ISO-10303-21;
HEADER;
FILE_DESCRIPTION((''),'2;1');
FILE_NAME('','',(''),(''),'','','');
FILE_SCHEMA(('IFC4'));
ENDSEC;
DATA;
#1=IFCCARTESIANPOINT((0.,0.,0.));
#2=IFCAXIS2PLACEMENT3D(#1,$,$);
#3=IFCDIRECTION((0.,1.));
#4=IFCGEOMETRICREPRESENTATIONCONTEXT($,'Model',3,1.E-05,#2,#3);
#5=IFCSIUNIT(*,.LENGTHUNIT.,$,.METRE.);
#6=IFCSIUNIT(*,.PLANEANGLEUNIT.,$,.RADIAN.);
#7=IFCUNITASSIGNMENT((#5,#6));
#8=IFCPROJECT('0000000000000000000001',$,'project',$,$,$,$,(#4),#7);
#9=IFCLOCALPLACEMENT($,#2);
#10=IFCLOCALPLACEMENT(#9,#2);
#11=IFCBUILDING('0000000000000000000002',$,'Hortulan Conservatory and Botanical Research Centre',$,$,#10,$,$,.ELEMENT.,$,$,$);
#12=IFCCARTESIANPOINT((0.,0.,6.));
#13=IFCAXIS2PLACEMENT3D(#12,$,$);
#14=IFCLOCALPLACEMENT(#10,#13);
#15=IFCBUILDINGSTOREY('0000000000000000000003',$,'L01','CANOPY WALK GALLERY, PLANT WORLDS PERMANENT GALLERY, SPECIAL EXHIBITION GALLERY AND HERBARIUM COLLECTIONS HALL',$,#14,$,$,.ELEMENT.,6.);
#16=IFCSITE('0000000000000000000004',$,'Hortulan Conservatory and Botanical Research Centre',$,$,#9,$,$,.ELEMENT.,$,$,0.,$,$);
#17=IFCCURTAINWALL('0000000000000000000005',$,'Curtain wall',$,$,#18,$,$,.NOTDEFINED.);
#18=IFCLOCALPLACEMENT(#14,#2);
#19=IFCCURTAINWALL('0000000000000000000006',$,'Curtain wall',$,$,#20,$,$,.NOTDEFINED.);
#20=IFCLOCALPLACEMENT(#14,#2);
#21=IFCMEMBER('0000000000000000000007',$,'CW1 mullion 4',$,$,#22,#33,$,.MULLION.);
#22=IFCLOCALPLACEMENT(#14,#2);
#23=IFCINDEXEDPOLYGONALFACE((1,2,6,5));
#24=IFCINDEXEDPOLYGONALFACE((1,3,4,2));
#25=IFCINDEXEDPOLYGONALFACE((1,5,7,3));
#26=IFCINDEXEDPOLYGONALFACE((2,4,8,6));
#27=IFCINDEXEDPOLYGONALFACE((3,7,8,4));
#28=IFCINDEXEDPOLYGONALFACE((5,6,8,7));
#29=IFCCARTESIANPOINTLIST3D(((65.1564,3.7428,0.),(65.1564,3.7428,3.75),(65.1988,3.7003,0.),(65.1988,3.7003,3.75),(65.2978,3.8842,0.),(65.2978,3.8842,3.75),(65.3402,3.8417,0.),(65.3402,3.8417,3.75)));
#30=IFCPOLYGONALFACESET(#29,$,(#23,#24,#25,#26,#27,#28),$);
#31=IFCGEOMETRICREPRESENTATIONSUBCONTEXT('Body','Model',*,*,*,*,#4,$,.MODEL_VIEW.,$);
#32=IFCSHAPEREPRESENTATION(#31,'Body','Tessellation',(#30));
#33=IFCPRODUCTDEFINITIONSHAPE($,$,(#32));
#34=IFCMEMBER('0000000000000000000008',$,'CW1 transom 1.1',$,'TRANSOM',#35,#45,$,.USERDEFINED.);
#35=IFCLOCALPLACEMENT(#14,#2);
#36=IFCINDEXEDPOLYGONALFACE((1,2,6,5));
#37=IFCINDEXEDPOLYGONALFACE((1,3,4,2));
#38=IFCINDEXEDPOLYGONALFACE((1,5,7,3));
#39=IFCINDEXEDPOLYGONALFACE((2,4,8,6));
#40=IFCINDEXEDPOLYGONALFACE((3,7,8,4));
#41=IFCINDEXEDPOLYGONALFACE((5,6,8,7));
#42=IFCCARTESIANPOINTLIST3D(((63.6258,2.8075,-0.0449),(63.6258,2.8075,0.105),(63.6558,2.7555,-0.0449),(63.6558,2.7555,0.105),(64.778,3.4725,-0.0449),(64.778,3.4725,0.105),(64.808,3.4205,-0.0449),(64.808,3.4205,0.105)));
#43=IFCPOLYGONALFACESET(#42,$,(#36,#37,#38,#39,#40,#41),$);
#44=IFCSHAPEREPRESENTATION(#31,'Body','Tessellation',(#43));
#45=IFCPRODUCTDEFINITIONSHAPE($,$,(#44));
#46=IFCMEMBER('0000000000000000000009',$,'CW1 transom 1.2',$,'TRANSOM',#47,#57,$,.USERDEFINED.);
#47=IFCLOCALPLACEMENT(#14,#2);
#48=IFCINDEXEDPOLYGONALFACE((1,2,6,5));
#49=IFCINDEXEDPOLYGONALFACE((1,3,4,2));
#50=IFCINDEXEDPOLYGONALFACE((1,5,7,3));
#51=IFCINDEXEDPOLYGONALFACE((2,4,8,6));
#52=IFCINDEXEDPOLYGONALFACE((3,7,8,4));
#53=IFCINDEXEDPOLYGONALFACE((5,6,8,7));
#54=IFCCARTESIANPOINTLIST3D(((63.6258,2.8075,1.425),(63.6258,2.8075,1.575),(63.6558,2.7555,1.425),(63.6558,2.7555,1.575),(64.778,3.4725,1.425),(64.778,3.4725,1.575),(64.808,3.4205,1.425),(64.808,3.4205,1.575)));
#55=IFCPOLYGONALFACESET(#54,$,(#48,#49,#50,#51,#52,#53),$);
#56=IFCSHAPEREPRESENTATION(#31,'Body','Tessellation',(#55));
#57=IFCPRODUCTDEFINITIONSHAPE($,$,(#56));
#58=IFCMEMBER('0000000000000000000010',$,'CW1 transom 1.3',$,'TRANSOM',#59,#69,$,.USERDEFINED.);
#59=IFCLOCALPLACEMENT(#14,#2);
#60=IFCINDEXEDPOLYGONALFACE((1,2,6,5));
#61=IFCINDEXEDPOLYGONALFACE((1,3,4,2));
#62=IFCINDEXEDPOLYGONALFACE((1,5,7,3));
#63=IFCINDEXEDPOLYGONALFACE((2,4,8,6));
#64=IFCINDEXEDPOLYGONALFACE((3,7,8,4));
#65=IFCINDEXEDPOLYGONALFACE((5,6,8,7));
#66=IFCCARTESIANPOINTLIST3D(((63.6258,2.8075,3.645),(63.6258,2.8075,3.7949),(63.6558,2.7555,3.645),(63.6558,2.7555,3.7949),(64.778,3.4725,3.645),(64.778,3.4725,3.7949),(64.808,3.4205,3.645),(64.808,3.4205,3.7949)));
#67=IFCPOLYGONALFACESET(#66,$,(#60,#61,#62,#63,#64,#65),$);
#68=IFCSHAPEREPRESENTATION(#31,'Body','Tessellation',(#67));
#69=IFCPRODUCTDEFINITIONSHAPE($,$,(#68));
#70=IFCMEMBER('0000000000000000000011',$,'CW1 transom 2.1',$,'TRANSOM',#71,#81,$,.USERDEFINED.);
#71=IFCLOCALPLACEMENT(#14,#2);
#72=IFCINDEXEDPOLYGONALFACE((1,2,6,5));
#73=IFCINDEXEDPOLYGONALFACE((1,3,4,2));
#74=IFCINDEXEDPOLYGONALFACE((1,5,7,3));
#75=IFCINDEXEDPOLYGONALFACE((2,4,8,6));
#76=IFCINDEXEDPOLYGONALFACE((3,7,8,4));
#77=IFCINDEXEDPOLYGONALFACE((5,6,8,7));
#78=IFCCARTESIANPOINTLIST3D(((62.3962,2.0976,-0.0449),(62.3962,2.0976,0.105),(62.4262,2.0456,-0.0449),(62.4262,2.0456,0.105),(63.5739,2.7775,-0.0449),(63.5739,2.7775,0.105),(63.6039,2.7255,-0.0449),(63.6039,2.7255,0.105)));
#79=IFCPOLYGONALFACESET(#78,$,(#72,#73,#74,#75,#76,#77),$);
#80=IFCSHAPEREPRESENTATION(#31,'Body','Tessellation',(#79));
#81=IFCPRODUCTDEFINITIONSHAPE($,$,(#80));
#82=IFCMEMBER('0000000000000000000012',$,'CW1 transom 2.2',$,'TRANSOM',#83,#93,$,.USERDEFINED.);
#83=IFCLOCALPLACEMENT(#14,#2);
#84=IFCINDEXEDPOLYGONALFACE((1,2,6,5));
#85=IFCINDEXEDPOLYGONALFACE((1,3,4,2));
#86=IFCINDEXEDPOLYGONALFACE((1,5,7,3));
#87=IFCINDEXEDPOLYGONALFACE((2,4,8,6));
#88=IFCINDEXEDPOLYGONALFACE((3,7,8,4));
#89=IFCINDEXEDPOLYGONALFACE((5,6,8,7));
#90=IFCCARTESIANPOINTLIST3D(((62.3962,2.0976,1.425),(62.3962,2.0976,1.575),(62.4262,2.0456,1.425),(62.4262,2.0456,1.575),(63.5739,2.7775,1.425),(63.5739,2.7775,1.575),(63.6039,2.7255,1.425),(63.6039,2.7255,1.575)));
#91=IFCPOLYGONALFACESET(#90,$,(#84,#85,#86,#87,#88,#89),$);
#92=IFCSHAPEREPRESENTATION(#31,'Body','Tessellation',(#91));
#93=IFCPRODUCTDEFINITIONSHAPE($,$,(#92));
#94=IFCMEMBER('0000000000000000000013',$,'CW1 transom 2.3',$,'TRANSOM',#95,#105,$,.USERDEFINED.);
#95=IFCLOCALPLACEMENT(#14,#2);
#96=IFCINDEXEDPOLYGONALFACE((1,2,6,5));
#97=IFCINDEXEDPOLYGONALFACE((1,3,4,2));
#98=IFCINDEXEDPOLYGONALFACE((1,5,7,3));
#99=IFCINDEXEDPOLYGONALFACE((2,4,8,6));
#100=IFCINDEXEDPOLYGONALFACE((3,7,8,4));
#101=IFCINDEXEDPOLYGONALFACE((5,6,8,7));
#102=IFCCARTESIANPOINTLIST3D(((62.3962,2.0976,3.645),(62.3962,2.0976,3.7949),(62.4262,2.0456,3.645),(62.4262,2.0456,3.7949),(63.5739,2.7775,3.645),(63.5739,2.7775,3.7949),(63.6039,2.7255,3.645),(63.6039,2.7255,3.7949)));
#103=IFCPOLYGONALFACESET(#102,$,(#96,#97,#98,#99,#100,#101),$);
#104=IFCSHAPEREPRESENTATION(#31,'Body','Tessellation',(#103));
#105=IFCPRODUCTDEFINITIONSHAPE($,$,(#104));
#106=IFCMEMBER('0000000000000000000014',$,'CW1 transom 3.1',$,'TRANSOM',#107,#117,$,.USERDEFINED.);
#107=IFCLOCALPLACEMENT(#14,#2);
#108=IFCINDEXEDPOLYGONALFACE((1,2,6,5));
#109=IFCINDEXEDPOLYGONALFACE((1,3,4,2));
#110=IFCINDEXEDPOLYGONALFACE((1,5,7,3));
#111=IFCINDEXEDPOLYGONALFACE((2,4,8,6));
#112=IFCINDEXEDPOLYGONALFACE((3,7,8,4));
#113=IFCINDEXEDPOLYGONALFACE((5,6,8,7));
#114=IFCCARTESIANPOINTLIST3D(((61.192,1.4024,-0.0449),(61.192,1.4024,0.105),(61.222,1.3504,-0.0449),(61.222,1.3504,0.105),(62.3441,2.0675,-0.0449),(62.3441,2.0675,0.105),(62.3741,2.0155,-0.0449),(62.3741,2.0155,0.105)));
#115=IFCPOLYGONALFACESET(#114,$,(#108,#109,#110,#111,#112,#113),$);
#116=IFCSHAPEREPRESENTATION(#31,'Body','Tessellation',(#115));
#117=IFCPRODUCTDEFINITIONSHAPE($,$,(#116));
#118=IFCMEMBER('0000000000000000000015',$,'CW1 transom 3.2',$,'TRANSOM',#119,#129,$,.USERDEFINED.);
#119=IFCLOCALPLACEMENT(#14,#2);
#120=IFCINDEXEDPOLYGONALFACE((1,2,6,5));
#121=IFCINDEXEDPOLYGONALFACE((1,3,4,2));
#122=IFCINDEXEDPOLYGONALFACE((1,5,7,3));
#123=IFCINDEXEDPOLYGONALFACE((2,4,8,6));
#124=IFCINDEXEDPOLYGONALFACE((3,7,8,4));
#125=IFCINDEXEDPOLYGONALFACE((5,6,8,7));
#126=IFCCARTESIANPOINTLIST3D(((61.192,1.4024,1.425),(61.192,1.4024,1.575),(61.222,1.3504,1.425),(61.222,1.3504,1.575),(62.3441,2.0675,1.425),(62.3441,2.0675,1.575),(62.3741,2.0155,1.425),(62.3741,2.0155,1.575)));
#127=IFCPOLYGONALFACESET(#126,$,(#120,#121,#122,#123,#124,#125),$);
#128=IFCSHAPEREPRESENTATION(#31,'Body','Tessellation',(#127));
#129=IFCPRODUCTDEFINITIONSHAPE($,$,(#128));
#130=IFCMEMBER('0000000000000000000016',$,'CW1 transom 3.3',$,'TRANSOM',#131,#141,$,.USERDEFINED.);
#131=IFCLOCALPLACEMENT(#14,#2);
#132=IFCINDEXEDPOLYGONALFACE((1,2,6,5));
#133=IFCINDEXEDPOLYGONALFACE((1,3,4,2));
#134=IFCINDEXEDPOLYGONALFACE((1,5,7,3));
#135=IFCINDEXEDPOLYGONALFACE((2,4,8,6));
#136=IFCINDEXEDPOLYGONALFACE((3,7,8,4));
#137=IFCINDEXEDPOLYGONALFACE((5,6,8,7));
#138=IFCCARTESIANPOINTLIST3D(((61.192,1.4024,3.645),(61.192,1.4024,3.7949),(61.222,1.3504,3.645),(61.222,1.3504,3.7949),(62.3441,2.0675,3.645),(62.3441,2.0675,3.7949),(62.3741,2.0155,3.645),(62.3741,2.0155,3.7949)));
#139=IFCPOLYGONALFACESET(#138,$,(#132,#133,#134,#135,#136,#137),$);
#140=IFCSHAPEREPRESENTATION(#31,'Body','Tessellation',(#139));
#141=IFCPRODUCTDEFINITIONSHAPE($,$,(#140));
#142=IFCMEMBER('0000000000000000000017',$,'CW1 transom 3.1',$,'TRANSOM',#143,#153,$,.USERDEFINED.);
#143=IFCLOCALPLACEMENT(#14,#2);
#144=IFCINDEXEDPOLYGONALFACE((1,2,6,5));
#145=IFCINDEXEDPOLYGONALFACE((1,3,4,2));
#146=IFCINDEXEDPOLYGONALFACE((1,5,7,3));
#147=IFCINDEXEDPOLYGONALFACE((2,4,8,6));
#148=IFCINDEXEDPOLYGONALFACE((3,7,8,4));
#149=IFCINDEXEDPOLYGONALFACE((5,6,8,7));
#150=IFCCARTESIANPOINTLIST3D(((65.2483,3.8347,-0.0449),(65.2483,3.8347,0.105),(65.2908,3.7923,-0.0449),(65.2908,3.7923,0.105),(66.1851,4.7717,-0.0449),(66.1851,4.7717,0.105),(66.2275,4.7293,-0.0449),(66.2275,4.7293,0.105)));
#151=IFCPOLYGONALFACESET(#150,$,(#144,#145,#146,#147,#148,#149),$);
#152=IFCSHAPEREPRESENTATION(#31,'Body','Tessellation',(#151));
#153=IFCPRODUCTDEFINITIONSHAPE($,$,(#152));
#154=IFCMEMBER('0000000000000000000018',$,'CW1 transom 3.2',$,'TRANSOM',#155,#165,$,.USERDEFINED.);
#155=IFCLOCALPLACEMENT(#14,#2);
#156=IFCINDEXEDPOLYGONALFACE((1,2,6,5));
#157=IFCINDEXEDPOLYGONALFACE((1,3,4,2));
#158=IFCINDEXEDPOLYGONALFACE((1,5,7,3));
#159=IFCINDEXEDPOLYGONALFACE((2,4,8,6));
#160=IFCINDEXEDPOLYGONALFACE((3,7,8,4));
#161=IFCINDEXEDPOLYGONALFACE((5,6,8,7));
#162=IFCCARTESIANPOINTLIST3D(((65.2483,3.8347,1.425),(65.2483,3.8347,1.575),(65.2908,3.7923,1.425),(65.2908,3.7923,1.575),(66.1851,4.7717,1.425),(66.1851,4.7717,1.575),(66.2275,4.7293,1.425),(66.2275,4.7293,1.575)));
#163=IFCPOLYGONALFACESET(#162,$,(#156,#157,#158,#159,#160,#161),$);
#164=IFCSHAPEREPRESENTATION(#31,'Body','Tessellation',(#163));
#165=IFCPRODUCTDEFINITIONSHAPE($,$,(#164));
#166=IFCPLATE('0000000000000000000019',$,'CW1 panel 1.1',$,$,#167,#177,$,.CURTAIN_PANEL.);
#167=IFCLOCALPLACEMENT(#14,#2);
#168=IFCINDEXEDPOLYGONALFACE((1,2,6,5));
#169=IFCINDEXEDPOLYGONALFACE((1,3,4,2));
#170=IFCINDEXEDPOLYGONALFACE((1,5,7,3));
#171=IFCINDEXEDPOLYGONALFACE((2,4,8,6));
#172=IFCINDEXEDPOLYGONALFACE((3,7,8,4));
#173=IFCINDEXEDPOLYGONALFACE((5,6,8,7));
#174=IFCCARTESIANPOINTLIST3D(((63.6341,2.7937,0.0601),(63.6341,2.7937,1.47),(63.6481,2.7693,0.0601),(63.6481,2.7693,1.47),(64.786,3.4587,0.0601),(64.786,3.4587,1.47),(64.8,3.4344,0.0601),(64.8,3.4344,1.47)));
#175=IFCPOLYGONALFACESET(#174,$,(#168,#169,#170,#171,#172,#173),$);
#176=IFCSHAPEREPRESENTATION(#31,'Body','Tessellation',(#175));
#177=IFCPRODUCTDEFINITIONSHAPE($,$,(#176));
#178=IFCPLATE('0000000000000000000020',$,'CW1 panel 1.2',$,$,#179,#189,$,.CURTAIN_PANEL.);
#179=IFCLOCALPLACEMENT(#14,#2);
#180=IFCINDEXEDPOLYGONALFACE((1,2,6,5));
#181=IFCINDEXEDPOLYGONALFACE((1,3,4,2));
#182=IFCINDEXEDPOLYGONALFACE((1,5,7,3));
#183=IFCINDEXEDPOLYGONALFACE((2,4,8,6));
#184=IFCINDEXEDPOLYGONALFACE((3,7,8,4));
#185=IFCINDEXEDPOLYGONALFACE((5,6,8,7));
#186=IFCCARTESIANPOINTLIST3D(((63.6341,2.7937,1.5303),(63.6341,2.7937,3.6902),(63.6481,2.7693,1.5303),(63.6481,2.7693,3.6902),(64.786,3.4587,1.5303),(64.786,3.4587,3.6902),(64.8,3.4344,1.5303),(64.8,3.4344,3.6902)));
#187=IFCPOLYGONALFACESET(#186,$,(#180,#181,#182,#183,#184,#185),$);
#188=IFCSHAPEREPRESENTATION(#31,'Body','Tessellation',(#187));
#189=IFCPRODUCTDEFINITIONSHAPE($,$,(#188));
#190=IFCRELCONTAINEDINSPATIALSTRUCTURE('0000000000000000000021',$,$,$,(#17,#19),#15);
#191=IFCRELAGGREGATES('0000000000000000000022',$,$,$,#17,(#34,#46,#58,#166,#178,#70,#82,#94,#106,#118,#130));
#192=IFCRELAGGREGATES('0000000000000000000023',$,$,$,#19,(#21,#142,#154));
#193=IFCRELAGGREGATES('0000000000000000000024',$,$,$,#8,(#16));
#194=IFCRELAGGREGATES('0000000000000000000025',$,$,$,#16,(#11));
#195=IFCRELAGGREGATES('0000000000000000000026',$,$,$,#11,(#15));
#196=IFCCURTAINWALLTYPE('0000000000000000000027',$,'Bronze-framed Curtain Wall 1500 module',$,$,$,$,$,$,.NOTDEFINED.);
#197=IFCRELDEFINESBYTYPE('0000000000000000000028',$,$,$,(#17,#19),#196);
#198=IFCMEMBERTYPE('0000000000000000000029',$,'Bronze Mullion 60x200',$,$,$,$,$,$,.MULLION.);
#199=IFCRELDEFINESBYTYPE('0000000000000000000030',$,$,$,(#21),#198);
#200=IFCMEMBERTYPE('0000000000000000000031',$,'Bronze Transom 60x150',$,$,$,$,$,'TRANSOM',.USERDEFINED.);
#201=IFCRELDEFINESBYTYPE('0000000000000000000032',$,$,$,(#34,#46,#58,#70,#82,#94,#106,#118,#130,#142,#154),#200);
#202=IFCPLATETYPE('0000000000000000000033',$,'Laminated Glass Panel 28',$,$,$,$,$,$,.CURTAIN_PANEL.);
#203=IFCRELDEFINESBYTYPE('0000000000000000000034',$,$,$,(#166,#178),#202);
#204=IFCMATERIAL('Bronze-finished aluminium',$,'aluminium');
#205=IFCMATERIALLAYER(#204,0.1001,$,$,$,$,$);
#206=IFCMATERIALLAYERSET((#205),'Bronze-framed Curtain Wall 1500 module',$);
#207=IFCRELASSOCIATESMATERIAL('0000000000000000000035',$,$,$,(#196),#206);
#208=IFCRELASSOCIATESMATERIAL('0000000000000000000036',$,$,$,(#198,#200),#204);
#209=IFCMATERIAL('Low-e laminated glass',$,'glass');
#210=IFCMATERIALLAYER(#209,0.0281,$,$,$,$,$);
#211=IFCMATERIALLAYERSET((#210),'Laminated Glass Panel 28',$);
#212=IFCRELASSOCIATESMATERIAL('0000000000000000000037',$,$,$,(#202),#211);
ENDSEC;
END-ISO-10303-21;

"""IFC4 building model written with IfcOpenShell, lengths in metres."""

from ifc_helpers import new_model, si_unit, direction, frame, origin, origin_2d, place, context, subcontext, project, spatial, rectangle, extrude, material, layer, layer_set, material_profile, profile_set, type_object, element, aggregate, save


model = new_model("IFC4")

# Units and contexts
model_context = context("Model", 3, precision=1e-05, world=origin(), true_north=direction((0.0, 1.0)))
body_context = subcontext(model_context, "Body", "Model", "MODEL_VIEW")
ifc_project = project(units=[si_unit("LENGTHUNIT", "METRE"), si_unit("PLANEANGLEUNIT", "RADIAN")], contexts=[model_context])

# Site, building, storey
site_placement = place(None, origin())
site = spatial("IfcSite", under=ifc_project, at=site_placement, Name="Hortulan Conservatory and Botanical Research Centre", CompositionType="ELEMENT", RefElevation=0.0)
building_placement = place(site_placement, origin())
building = spatial("IfcBuilding", under=site, at=building_placement, Name="Hortulan Conservatory and Botanical Research Centre", CompositionType="ELEMENT")
storey_placement = place(building_placement, frame((0.0, 0.0, 6.0)))
storey = spatial("IfcBuildingStorey", under=building, at=storey_placement, Name="L01", Description="CANOPY WALK GALLERY, PLANT WORLDS PERMANENT GALLERY, SPECIAL EXHIBITION GALLERY AND HERBARIUM COLLECTIONS HALL", CompositionType="ELEMENT", Elevation=6.0)

# Curtain wall
ifc_material_1 = material(Name="Bronze-finished aluminium", Category="aluminium")
ifc_layer_1 = layer(ifc_material_1, 0.1001)
ifc_layer_set_1 = layer_set([ifc_layer_1], Name="Bronze-framed Curtain Wall 1500 module")
curtain_wall_type = type_object("IfcCurtainWallType", Name="Bronze-framed Curtain Wall 1500 module", PredefinedType="NOTDEFINED", material=ifc_layer_set_1)
curtain_wall_1_placement = place(storey_placement, origin())
curtain_wall_1 = element("IfcCurtainWall", 1, at=curtain_wall_1_placement, inside=storey, type_object=curtain_wall_type, Name="Curtain wall", PredefinedType="NOTDEFINED")
ifc_material_profile_1 = material_profile(ifc_material_1, rectangle(XDim=0.0601, YDim=0.2, at=origin_2d()), Name="Bronze Mullion 60x200")
ifc_profile_set_1 = profile_set([ifc_material_profile_1], Name="Bronze-finished aluminium")
member_type_1 = type_object("IfcMemberType", Name="Bronze Mullion 60x200", PredefinedType="MULLION", material=ifc_profile_set_1)

# Curtain wall, member
curtain_wall_2_placement = place(storey_placement, origin())
curtain_wall_2 = element("IfcCurtainWall", 2, at=curtain_wall_2_placement, inside=storey, type_object=curtain_wall_type, Name="Curtain wall", PredefinedType="NOTDEFINED")
member_1_placement = place(storey_placement, frame((65.2483, 3.7922, 0.0), z_axis=(0.0, 0.0, 1.0), x_axis=(0.707107, -0.707107, 0.0)))
member_1 = element("IfcMember", 3, at=member_1_placement, type_object=member_type_1, Name="CW1 mullion 4", PredefinedType="MULLION", context=body_context, shape_type="SweptSolid", body=[
    extrude(rectangle(XDim=0.0601, YDim=0.2, at=origin_2d()), origin(), (0.0, 0.0, 1.0), 3.75),
])

# Members
ifc_material_profile_2 = material_profile(ifc_material_1, rectangle(XDim=0.0601, YDim=0.1499, at=origin_2d()), Name="Bronze Transom 60x150")
ifc_profile_set_2 = profile_set([ifc_material_profile_2], Name="Bronze-finished aluminium")
member_type_2 = type_object("IfcMemberType", Name="Bronze Transom 60x150", ElementType="TRANSOM", PredefinedType="USERDEFINED", material=ifc_profile_set_2)
member_2_placement = place(storey_placement, frame((64.793, 3.4465, 0.03), z_axis=(-0.866066, -0.499929, 0.0), x_axis=(0.499929, -0.866066, 0.0)))
member_2 = element("IfcMember", 4, at=member_2_placement, type_object=member_type_2, Name="CW1 transom 1.1", ObjectType="TRANSOM", PredefinedType="USERDEFINED", context=body_context, shape_type="SweptSolid", body=[
    extrude(rectangle(XDim=0.0601, YDim=0.1499, at=origin_2d()), origin(), (0.0, 0.0, 1.0), 1.3303),
])
member_3_placement = place(storey_placement, frame((64.793, 3.4465, 1.5), z_axis=(-0.866066, -0.499929, 0.0), x_axis=(0.499929, -0.866066, 0.0)))
member_3 = element("IfcMember", 5, at=member_3_placement, type_object=member_type_2, Name="CW1 transom 1.2", ObjectType="TRANSOM", PredefinedType="USERDEFINED", context=body_context, shape_type="SweptSolid", body=[
    extrude(rectangle(XDim=0.0601, YDim=0.1499, at=origin_2d()), origin(), (0.0, 0.0, 1.0), 1.3303),
])
member_4_placement = place(storey_placement, frame((64.793, 3.4465, 3.72), z_axis=(-0.866066, -0.499929, 0.0), x_axis=(0.499929, -0.866066, 0.0)))
member_4 = element("IfcMember", 6, at=member_4_placement, type_object=member_type_2, Name="CW1 transom 1.3", ObjectType="TRANSOM", PredefinedType="USERDEFINED", context=body_context, shape_type="SweptSolid", body=[
    extrude(rectangle(XDim=0.0601, YDim=0.1499, at=origin_2d()), origin(), (0.0, 0.0, 1.0), 1.3303),
])
member_5_placement = place(storey_placement, frame((63.5889, 2.7515, 0.03), z_axis=(-0.866036, -0.499981, 0.0), x_axis=(0.499981, -0.866036, 0.0)))
member_5 = element("IfcMember", 7, at=member_5_placement, type_object=member_type_2, Name="CW1 transom 2.1", ObjectType="TRANSOM", PredefinedType="USERDEFINED", context=body_context, shape_type="SweptSolid", body=[
    extrude(rectangle(XDim=0.0601, YDim=0.1499, at=origin_2d()), origin(), (0.0, 0.0, 1.0), 1.3599),
])
member_6_placement = place(storey_placement, frame((63.5889, 2.7515, 1.5), z_axis=(-0.866036, -0.499981, 0.0), x_axis=(0.499981, -0.866036, 0.0)))
member_6 = element("IfcMember", 8, at=member_6_placement, type_object=member_type_2, Name="CW1 transom 2.2", ObjectType="TRANSOM", PredefinedType="USERDEFINED", context=body_context, shape_type="SweptSolid", body=[
    extrude(rectangle(XDim=0.0601, YDim=0.1499, at=origin_2d()), origin(), (0.0, 0.0, 1.0), 1.3599),
])
member_7_placement = place(storey_placement, frame((63.5889, 2.7515, 3.72), z_axis=(-0.866036, -0.499981, 0.0), x_axis=(0.499981, -0.866036, 0.0)))
member_7 = element("IfcMember", 9, at=member_7_placement, type_object=member_type_2, Name="CW1 transom 2.3", ObjectType="TRANSOM", PredefinedType="USERDEFINED", context=body_context, shape_type="SweptSolid", body=[
    extrude(rectangle(XDim=0.0601, YDim=0.1499, at=origin_2d()), origin(), (0.0, 0.0, 1.0), 1.3599),
])
member_8_placement = place(storey_placement, frame((62.3591, 2.0415, 0.03), z_axis=(-0.866066, -0.499929, 0.0), x_axis=(0.499929, -0.866066, 0.0)))
member_8 = element("IfcMember", 10, at=member_8_placement, type_object=member_type_2, Name="CW1 transom 3.1", ObjectType="TRANSOM", PredefinedType="USERDEFINED", context=body_context, shape_type="SweptSolid", body=[
    extrude(rectangle(XDim=0.0601, YDim=0.1499, at=origin_2d()), origin(), (0.0, 0.0, 1.0), 1.3303),
])
member_9_placement = place(storey_placement, frame((62.3591, 2.0415, 1.5), z_axis=(-0.866066, -0.499929, 0.0), x_axis=(0.499929, -0.866066, 0.0)))
member_9 = element("IfcMember", 11, at=member_9_placement, type_object=member_type_2, Name="CW1 transom 3.2", ObjectType="TRANSOM", PredefinedType="USERDEFINED", context=body_context, shape_type="SweptSolid", body=[
    extrude(rectangle(XDim=0.0601, YDim=0.1499, at=origin_2d()), origin(), (0.0, 0.0, 1.0), 1.3303),
])
member_10_placement = place(storey_placement, frame((62.3591, 2.0415, 3.72), z_axis=(-0.866066, -0.499929, 0.0), x_axis=(0.499929, -0.866066, 0.0)))
member_10 = element("IfcMember", 12, at=member_10_placement, type_object=member_type_2, Name="CW1 transom 3.3", ObjectType="TRANSOM", PredefinedType="USERDEFINED", context=body_context, shape_type="SweptSolid", body=[
    extrude(rectangle(XDim=0.0601, YDim=0.1499, at=origin_2d()), origin(), (0.0, 0.0, 1.0), 1.3303),
])
member_11_placement = place(storey_placement, frame((66.2063, 4.7505, 0.03), z_axis=(-0.707015, -0.707199, 0.0), x_axis=(0.707199, -0.707015, 0.0)))
member_11 = element("IfcMember", 13, at=member_11_placement, type_object=member_type_2, Name="CW1 transom 3.1", ObjectType="TRANSOM", PredefinedType="USERDEFINED", context=body_context, shape_type="SweptSolid", body=[
    extrude(rectangle(XDim=0.0601, YDim=0.1499, at=origin_2d()), origin(), (0.0, 0.0, 1.0), 1.325),
])
member_12_placement = place(storey_placement, frame((66.2063, 4.7505, 1.5), z_axis=(-0.707015, -0.707199, 0.0), x_axis=(0.707199, -0.707015, 0.0)))
member_12 = element("IfcMember", 14, at=member_12_placement, type_object=member_type_2, Name="CW1 transom 3.2", ObjectType="TRANSOM", PredefinedType="USERDEFINED", context=body_context, shape_type="SweptSolid", body=[
    extrude(rectangle(XDim=0.0601, YDim=0.1499, at=origin_2d()), origin(), (0.0, 0.0, 1.0), 1.325),
])

# Plates
ifc_material_2 = material(Name="Low-e laminated glass", Category="glass")
ifc_layer_2 = layer(ifc_material_2, 0.0281)
ifc_layer_set_2 = layer_set([ifc_layer_2], Name="Laminated Glass Panel 28")
plate_type = type_object("IfcPlateType", Name="Laminated Glass Panel 28", PredefinedType="CURTAIN_PANEL", material=ifc_layer_set_2)
plate_1_placement = place(storey_placement, frame((64.217, 3.114, 0.0601), z_axis=(0.0, 0.0, 1.0), x_axis=(-0.866036, -0.499981, 0.0)))
plate_1 = element("IfcPlate", 15, at=plate_1_placement, type_object=plate_type, Name="CW1 panel 1.1", PredefinedType="CURTAIN_PANEL", context=body_context, shape_type="SweptSolid", body=[
    extrude(rectangle(XDim=1.3301, YDim=0.0281, at=origin_2d()), origin(), (0.0, 0.0, 1.0), 1.4099),
])
plate_2_placement = place(storey_placement, frame((64.217, 3.114, 1.5303), z_axis=(0.0, 0.0, 1.0), x_axis=(-0.866036, -0.499981, 0.0)))
plate_2 = element("IfcPlate", 16, at=plate_2_placement, type_object=plate_type, Name="CW1 panel 1.2", PredefinedType="CURTAIN_PANEL", context=body_context, shape_type="SweptSolid", body=[
    extrude(rectangle(XDim=1.3301, YDim=0.0281, at=origin_2d()), origin(), (0.0, 0.0, 1.0), 2.1599),
])
aggregate(curtain_wall_1, [member_2, member_3, member_4, plate_1, plate_2, member_5, member_6, member_7, member_8, member_9, member_10])
aggregate(curtain_wall_2, [member_1, member_11, member_12])

save(model, "model.ifc")
